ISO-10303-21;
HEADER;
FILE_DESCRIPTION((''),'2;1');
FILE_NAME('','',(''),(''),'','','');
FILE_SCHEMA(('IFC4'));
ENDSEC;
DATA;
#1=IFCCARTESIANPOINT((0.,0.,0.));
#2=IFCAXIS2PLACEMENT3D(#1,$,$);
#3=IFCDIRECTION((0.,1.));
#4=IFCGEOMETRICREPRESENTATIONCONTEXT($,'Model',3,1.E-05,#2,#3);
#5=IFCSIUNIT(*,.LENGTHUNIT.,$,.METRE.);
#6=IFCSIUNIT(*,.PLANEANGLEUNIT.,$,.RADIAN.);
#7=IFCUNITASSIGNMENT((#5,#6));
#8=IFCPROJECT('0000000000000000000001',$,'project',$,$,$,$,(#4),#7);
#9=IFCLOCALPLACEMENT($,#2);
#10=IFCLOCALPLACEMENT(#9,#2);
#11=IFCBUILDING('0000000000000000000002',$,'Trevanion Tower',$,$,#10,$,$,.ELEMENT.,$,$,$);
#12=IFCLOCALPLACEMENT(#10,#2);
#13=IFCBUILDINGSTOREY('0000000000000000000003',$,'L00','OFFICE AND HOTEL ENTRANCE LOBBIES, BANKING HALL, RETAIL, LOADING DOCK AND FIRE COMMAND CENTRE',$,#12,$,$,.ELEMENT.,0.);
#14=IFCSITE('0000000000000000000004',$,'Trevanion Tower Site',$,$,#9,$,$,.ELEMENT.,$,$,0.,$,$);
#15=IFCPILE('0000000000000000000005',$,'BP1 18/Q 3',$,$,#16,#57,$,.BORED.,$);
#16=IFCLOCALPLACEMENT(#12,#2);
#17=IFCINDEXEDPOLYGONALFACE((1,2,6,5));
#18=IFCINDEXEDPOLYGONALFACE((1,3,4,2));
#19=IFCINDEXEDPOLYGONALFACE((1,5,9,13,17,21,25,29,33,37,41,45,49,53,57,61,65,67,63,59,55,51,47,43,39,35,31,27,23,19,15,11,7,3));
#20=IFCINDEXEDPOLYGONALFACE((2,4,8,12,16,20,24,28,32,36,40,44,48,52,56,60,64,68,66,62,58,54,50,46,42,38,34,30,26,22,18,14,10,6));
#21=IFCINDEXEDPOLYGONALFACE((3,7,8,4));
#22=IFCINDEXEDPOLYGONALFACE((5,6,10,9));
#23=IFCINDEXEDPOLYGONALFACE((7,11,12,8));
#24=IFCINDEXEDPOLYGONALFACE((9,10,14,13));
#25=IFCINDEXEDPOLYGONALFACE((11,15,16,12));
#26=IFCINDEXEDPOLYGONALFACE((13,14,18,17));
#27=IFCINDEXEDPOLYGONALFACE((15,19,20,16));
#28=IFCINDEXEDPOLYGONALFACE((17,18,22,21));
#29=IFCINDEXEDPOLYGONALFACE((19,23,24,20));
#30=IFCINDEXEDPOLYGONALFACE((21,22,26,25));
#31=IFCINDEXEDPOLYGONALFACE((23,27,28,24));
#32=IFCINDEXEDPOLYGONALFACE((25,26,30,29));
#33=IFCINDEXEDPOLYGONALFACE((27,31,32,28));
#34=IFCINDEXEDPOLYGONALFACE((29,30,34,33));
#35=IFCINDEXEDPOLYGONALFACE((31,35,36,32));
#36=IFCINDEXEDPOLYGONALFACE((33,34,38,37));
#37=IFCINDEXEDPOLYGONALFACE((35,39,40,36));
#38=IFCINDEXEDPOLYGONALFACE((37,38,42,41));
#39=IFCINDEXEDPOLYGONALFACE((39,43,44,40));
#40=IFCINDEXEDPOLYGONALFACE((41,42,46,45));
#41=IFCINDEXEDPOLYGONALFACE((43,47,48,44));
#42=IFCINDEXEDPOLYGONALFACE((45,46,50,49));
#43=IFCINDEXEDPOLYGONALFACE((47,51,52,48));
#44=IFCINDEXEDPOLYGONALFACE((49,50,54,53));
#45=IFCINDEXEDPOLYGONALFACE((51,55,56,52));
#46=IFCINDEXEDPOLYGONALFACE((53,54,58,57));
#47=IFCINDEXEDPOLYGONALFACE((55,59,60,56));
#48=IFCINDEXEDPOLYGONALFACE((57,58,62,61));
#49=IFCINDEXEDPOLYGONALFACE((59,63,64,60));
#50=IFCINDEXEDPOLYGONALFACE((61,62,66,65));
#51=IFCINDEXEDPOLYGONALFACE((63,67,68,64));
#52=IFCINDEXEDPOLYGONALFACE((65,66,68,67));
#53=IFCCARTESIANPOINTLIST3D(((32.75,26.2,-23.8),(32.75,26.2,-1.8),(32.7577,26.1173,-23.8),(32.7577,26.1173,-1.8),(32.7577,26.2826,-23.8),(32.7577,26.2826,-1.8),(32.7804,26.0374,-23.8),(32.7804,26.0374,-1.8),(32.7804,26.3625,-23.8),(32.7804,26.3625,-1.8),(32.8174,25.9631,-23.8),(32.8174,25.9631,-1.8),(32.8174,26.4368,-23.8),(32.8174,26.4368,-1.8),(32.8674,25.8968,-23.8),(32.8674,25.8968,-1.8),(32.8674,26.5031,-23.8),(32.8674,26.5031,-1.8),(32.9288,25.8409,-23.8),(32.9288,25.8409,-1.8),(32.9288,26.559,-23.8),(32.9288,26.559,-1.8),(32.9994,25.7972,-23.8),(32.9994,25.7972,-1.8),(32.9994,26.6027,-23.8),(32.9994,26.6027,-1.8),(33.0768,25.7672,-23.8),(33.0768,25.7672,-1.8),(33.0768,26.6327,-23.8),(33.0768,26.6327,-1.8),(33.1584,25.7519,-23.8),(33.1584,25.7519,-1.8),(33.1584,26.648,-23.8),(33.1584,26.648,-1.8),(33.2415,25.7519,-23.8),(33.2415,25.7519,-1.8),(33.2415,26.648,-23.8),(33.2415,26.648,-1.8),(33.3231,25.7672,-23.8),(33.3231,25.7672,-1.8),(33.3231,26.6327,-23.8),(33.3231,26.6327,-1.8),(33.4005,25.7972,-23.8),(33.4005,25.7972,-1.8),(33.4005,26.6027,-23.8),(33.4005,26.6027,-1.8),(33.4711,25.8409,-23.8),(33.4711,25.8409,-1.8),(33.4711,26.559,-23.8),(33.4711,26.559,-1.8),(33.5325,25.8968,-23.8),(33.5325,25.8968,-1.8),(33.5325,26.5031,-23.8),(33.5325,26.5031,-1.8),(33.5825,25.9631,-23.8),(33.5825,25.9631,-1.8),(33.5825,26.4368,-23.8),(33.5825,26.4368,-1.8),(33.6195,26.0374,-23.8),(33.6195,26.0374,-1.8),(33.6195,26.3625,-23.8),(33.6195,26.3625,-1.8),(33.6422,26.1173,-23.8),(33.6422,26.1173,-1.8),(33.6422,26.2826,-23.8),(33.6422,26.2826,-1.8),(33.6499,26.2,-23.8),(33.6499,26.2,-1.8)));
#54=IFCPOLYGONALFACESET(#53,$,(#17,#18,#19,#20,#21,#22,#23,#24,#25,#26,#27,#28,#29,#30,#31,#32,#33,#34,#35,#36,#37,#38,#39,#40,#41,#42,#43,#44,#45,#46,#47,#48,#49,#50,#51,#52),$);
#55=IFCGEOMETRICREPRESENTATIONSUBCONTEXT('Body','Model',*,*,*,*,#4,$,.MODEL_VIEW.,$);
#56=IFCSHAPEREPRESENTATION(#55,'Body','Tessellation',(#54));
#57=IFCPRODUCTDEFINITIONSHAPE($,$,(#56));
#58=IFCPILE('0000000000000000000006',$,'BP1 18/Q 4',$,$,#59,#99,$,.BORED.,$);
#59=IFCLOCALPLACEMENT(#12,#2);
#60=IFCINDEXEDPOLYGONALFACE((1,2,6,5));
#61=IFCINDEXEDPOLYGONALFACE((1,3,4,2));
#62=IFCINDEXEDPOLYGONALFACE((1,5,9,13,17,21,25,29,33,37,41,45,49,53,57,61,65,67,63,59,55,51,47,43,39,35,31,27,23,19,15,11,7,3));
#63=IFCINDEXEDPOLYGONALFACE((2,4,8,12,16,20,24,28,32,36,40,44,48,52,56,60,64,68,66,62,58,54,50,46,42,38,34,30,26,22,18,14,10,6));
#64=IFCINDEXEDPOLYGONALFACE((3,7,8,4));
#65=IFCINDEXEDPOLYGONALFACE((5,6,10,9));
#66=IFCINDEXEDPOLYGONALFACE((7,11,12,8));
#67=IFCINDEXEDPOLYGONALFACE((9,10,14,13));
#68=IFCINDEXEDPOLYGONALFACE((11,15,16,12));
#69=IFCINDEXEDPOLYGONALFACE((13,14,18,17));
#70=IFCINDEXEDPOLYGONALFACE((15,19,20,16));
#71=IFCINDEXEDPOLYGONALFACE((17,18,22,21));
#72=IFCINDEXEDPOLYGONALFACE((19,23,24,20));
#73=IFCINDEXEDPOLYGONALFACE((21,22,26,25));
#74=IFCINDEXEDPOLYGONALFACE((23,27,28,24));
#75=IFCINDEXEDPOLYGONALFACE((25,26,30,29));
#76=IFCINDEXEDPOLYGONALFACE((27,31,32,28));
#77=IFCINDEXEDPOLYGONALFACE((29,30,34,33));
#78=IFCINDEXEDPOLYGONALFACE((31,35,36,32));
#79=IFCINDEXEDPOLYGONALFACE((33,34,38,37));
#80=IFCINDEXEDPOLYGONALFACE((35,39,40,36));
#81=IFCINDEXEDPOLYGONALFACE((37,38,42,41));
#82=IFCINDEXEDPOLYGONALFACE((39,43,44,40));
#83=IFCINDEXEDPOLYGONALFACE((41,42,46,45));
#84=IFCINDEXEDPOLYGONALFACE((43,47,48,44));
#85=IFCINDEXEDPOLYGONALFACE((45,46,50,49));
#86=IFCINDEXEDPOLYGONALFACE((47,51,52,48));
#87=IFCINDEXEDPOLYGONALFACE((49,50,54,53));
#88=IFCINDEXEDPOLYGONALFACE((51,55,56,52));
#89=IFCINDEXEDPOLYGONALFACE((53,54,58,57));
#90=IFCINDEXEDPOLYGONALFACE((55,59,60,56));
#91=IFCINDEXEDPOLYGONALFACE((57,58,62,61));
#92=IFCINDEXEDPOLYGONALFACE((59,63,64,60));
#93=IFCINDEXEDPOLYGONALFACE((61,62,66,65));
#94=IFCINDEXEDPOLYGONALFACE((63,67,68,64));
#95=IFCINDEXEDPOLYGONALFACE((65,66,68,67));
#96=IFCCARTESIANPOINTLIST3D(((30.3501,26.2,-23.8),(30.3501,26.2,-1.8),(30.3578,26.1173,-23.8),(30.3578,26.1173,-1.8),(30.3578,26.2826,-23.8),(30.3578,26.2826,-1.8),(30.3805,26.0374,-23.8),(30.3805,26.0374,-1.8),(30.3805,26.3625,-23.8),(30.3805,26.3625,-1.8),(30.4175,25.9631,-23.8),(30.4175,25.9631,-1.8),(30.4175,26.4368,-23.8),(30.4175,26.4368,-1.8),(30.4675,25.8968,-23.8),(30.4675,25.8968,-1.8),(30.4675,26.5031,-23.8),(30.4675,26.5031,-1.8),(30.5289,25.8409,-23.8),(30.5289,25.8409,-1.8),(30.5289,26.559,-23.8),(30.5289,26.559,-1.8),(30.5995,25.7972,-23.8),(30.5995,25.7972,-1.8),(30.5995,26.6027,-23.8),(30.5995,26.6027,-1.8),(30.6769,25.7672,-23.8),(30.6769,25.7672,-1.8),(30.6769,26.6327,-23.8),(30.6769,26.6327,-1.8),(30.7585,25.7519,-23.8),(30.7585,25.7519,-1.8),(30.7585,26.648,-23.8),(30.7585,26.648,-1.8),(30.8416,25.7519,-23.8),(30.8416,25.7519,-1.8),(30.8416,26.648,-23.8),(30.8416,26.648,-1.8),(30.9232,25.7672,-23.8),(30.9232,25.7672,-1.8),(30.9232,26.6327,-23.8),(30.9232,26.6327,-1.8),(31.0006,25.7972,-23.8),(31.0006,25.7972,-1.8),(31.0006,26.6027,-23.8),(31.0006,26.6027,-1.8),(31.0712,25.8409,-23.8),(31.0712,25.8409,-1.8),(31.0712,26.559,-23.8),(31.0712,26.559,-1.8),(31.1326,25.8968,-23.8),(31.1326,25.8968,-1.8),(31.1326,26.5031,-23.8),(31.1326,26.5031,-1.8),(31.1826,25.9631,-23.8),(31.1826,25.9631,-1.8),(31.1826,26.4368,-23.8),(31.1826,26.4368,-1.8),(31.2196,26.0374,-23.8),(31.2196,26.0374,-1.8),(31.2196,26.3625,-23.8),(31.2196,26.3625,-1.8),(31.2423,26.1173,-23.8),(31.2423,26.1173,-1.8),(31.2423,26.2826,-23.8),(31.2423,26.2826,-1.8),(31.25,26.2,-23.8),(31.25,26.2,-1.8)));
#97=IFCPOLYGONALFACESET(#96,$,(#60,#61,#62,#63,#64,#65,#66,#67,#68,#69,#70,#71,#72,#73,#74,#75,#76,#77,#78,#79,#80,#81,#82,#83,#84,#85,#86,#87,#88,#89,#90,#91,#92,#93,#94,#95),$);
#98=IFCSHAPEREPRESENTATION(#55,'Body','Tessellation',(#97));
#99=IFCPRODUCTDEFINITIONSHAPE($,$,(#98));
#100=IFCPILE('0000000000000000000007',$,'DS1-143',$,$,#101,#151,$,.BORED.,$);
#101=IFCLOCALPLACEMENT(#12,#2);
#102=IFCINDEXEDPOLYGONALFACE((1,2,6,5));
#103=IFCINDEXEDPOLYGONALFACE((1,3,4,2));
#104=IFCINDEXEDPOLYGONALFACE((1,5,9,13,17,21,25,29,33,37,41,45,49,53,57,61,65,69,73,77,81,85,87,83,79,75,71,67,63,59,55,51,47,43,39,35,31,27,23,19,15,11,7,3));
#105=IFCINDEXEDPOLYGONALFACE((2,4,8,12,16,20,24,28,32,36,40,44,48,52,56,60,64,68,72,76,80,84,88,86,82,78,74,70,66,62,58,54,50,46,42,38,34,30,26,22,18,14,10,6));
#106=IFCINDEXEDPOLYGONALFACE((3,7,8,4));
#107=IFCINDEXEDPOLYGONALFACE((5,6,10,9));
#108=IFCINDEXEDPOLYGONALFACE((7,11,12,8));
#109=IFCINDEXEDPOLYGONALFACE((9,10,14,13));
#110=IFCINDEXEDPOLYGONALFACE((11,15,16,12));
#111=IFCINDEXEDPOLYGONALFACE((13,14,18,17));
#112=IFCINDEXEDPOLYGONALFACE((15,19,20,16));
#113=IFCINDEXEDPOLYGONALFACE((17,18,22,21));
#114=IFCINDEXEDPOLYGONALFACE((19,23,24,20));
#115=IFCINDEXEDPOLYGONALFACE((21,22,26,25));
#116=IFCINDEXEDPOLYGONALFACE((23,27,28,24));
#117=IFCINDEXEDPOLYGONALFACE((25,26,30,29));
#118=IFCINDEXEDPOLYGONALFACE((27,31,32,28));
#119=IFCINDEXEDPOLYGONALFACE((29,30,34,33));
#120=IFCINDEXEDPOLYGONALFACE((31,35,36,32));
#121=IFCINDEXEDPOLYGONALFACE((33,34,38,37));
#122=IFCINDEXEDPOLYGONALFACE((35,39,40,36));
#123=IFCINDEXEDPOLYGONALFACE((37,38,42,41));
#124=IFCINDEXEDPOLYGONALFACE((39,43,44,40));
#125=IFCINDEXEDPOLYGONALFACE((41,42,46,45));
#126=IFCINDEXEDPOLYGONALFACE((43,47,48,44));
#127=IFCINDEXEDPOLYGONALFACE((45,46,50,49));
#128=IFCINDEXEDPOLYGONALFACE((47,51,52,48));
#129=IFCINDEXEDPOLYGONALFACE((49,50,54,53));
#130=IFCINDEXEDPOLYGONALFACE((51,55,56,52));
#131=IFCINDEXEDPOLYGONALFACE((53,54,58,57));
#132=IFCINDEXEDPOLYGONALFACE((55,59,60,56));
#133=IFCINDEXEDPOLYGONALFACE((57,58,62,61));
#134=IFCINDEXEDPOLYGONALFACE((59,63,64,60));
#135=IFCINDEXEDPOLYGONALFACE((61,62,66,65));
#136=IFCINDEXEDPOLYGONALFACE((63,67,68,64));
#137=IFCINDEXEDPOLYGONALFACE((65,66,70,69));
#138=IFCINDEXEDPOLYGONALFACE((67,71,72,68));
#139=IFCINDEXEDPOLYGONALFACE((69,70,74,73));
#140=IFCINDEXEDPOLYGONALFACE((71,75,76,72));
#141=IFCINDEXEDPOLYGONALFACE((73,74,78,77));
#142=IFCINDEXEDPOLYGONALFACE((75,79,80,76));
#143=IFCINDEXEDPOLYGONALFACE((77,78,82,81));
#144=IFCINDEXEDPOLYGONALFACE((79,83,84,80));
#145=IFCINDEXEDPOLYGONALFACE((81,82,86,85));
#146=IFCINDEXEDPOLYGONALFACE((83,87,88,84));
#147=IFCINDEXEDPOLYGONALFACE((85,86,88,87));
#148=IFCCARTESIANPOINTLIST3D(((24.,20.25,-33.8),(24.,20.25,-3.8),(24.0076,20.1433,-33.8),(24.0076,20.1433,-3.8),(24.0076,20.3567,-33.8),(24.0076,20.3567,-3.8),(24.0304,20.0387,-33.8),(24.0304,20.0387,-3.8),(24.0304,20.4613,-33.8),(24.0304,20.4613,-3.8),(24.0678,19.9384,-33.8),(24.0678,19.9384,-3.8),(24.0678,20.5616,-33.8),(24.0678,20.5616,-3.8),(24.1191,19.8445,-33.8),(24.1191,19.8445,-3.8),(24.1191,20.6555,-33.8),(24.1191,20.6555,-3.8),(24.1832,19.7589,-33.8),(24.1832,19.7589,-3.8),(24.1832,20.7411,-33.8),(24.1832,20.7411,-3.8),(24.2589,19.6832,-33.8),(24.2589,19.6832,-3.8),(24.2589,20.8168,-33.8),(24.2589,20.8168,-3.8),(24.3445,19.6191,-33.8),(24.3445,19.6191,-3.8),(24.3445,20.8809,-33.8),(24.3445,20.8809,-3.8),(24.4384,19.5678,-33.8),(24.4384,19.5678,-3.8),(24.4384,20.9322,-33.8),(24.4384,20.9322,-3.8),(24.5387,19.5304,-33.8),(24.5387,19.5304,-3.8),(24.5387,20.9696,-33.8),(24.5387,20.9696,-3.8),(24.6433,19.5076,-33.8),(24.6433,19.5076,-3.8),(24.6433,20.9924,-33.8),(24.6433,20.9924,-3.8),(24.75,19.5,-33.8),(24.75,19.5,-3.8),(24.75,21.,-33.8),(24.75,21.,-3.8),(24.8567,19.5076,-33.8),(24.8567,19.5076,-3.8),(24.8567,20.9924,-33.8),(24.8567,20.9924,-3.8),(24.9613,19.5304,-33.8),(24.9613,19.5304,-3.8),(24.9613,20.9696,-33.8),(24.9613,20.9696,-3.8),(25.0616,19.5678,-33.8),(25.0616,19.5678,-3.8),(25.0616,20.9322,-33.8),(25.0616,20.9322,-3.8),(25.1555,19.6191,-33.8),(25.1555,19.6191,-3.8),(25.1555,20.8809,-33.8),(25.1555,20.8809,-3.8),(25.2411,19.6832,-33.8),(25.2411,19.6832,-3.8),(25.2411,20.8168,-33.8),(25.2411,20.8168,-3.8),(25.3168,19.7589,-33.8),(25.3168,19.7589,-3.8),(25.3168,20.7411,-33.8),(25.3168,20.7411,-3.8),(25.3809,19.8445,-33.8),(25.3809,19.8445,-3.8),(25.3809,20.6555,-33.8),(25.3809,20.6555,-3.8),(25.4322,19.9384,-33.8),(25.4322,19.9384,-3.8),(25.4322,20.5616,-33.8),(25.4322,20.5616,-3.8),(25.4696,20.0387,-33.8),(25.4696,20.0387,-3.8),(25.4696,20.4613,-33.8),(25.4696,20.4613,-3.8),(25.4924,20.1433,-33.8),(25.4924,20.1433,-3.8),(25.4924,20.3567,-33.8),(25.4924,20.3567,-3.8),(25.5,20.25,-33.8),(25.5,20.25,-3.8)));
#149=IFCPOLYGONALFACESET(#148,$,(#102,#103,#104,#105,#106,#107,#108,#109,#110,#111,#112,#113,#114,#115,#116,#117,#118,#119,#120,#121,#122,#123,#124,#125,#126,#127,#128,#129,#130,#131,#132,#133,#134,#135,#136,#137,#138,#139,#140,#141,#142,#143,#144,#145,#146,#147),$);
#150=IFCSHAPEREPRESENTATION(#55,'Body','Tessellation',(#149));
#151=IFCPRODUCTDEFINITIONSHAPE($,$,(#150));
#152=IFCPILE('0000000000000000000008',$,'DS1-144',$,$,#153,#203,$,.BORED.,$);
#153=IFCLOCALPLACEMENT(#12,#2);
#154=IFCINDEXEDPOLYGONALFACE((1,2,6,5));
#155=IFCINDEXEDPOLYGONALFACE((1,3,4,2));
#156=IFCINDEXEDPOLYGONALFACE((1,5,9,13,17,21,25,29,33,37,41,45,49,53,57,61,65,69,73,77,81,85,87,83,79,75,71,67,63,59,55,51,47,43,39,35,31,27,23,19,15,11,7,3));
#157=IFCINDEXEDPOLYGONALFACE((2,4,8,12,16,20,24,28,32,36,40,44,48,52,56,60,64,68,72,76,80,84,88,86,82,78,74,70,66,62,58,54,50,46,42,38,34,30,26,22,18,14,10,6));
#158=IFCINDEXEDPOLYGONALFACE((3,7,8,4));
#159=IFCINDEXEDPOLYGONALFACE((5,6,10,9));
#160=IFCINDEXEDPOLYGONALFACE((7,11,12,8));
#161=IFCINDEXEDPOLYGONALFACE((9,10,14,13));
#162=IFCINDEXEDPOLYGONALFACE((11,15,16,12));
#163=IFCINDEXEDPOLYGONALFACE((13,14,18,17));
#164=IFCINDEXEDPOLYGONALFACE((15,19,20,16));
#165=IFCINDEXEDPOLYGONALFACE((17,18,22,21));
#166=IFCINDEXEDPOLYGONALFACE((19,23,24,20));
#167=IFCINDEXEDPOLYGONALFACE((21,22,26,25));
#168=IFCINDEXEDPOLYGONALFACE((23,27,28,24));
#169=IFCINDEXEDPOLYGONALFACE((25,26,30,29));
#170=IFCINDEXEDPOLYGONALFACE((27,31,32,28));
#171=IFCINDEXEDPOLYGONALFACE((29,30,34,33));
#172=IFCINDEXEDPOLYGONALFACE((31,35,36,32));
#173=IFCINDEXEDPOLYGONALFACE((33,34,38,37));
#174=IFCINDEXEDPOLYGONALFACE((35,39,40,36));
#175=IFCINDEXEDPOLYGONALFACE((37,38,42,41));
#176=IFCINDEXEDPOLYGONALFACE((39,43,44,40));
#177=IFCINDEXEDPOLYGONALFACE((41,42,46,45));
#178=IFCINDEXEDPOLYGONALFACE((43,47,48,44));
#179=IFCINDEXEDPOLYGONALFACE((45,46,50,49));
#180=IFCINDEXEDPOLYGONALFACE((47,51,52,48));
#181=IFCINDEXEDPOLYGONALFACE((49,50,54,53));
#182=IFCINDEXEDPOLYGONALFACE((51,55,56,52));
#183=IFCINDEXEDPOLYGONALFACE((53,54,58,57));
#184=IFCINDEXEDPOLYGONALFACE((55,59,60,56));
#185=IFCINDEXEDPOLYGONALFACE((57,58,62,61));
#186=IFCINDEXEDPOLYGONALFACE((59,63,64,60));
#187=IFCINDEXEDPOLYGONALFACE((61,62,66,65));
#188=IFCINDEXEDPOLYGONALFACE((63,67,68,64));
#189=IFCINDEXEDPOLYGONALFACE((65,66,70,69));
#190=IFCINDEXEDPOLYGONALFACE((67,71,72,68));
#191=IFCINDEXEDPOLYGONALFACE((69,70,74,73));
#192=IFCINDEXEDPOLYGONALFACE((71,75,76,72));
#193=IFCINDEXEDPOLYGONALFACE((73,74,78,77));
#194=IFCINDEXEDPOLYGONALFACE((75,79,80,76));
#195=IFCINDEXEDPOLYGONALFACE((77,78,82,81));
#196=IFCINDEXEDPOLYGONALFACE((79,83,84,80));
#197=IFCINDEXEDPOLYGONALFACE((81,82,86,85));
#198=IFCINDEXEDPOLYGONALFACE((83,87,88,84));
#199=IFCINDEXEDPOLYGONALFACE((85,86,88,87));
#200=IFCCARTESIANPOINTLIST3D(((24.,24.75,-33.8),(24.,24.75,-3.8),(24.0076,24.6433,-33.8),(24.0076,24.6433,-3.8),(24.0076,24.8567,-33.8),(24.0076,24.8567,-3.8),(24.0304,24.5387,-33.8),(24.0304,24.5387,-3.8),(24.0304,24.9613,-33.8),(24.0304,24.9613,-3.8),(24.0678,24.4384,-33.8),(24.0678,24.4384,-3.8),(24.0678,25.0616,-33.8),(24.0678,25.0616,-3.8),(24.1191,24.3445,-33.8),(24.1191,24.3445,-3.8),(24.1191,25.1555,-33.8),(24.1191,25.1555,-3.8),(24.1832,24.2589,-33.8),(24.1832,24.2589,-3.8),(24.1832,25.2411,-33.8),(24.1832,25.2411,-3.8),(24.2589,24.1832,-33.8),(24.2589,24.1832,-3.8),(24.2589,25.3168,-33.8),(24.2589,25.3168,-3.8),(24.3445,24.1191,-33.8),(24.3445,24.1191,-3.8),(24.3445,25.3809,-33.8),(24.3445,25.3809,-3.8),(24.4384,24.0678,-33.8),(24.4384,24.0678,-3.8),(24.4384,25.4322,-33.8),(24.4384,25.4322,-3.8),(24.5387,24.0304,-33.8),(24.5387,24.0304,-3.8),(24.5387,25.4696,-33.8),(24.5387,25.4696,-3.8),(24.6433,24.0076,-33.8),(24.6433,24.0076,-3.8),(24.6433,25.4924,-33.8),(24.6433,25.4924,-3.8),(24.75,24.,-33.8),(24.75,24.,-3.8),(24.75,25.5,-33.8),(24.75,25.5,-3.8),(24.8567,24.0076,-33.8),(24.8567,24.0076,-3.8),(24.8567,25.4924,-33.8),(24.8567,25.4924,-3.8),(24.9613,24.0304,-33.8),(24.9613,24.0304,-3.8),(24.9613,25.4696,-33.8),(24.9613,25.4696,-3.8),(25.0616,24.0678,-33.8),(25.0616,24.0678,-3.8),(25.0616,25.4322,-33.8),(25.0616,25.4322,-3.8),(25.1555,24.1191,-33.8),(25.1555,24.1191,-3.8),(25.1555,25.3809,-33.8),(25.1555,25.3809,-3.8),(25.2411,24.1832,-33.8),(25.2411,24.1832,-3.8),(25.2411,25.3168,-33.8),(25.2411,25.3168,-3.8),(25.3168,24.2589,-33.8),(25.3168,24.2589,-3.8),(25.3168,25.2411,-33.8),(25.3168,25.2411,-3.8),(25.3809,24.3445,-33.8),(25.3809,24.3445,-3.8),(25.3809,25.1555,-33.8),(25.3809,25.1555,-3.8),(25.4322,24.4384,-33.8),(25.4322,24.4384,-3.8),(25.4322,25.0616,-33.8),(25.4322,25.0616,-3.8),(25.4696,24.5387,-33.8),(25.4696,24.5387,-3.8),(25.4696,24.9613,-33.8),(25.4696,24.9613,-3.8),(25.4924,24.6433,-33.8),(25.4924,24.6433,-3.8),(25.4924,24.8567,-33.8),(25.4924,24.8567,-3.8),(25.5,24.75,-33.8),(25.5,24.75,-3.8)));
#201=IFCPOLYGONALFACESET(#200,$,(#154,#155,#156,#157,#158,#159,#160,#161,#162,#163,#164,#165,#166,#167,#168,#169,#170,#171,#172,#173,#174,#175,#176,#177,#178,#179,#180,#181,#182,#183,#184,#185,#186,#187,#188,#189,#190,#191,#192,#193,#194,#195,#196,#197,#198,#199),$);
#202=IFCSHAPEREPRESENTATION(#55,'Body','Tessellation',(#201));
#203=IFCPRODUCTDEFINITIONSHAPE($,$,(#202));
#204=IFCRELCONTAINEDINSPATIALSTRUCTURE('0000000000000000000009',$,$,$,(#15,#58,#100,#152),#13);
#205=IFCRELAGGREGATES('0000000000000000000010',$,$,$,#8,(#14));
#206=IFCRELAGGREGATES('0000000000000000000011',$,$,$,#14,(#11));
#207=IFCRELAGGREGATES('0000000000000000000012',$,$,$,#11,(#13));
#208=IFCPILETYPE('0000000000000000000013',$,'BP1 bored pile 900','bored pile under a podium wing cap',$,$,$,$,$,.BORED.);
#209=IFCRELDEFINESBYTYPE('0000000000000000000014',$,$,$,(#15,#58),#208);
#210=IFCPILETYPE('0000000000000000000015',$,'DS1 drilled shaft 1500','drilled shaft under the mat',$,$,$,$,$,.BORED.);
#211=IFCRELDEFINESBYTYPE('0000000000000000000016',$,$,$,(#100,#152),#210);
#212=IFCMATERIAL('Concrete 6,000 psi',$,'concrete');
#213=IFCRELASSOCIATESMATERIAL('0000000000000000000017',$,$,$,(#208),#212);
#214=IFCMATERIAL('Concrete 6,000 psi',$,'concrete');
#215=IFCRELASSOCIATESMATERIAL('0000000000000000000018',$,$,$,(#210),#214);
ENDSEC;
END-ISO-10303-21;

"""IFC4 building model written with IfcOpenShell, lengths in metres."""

from ifc_helpers import new_model, si_unit, direction, frame, origin, origin_2d, place, context, subcontext, project, spatial, circle, extrude, material, material_profile, profile_set, type_object, element, save


model = new_model("IFC4")

# Units and contexts
model_context = context("Model", 3, precision=1e-05, world=origin(), true_north=direction((0.0, 1.0)))
body_context = subcontext(model_context, "Body", "Model", "MODEL_VIEW")
ifc_project = project(units=[si_unit("LENGTHUNIT", "METRE"), si_unit("PLANEANGLEUNIT", "RADIAN")], contexts=[model_context])

# Site, building, storey
site_placement = place(None, origin())
site = spatial("IfcSite", under=ifc_project, at=site_placement, Name="Trevanion Tower Site", CompositionType="ELEMENT", RefElevation=0.0)
building_placement = place(site_placement, origin())
building = spatial("IfcBuilding", under=site, at=building_placement, Name="Trevanion Tower", CompositionType="ELEMENT")
storey_placement = place(building_placement, origin())
storey = spatial("IfcBuildingStorey", under=building, at=storey_placement, Name="L00", Description="OFFICE AND HOTEL ENTRANCE LOBBIES, BANKING HALL, RETAIL, LOADING DOCK AND FIRE COMMAND CENTRE", CompositionType="ELEMENT", Elevation=0.0)

# Piles
ifc_material_1 = material(Name="Concrete 6,000 psi", Category="concrete")
ifc_material_profile_1 = material_profile(ifc_material_1, circle(Radius=0.45, at=origin_2d()), Name="BP1 bored pile 900")
ifc_profile_set_1 = profile_set([ifc_material_profile_1], Name="Concrete 6,000 psi")
pile_type_1 = type_object("IfcPileType", Name="BP1 bored pile 900", Description="bored pile under a podium wing cap", PredefinedType="BORED", material=ifc_profile_set_1)
for number, where, z_axis, x_axis, name in (
    (1, (33.2, 26.2, -1.8), (0.0, 0.0, -1.0), (1.0, 0.0, 0.0), "BP1 18/Q 3"),
    (2, (30.8, 26.2, -1.8), (0.0, 0.0, -1.0), (1.0, 0.0, 0.0), "BP1 18/Q 4"),
):
    element("IfcPile", number, at=place(storey_placement, frame(where, z_axis=z_axis, x_axis=x_axis)), inside=storey, type_object=pile_type_1, Name=name, PredefinedType="BORED", context=body_context, shape_type="SweptSolid", body=[
        extrude(circle(Radius=0.45, at=origin_2d()), origin(), (0.0, 0.0, 1.0), 22.0),
    ])
ifc_material_2 = material(Name="Concrete 6,000 psi", Category="concrete")
ifc_material_profile_2 = material_profile(ifc_material_2, circle(Radius=0.75, at=origin_2d()), Name="DS1 drilled shaft 1500")
ifc_profile_set_2 = profile_set([ifc_material_profile_2], Name="Concrete 6,000 psi")
pile_type_2 = type_object("IfcPileType", Name="DS1 drilled shaft 1500", Description="drilled shaft under the mat", PredefinedType="BORED", material=ifc_profile_set_2)
for number, where, z_axis, x_axis, name in (
    (3, (24.75, 20.25, -3.8), (0.0, 0.0, -1.0), (1.0, 0.0, 0.0), "DS1-143"),
    (4, (24.75, 24.75, -3.8), (0.0, 0.0, -1.0), (1.0, 0.0, 0.0), "DS1-144"),
):
    element("IfcPile", number, at=place(storey_placement, frame(where, z_axis=z_axis, x_axis=x_axis)), inside=storey, type_object=pile_type_2, Name=name, PredefinedType="BORED", context=body_context, shape_type="SweptSolid", body=[
        extrude(circle(Radius=0.75, at=origin_2d()), origin(), (0.0, 0.0, 1.0), 30.0),
    ])

save(model, "model.ifc")
